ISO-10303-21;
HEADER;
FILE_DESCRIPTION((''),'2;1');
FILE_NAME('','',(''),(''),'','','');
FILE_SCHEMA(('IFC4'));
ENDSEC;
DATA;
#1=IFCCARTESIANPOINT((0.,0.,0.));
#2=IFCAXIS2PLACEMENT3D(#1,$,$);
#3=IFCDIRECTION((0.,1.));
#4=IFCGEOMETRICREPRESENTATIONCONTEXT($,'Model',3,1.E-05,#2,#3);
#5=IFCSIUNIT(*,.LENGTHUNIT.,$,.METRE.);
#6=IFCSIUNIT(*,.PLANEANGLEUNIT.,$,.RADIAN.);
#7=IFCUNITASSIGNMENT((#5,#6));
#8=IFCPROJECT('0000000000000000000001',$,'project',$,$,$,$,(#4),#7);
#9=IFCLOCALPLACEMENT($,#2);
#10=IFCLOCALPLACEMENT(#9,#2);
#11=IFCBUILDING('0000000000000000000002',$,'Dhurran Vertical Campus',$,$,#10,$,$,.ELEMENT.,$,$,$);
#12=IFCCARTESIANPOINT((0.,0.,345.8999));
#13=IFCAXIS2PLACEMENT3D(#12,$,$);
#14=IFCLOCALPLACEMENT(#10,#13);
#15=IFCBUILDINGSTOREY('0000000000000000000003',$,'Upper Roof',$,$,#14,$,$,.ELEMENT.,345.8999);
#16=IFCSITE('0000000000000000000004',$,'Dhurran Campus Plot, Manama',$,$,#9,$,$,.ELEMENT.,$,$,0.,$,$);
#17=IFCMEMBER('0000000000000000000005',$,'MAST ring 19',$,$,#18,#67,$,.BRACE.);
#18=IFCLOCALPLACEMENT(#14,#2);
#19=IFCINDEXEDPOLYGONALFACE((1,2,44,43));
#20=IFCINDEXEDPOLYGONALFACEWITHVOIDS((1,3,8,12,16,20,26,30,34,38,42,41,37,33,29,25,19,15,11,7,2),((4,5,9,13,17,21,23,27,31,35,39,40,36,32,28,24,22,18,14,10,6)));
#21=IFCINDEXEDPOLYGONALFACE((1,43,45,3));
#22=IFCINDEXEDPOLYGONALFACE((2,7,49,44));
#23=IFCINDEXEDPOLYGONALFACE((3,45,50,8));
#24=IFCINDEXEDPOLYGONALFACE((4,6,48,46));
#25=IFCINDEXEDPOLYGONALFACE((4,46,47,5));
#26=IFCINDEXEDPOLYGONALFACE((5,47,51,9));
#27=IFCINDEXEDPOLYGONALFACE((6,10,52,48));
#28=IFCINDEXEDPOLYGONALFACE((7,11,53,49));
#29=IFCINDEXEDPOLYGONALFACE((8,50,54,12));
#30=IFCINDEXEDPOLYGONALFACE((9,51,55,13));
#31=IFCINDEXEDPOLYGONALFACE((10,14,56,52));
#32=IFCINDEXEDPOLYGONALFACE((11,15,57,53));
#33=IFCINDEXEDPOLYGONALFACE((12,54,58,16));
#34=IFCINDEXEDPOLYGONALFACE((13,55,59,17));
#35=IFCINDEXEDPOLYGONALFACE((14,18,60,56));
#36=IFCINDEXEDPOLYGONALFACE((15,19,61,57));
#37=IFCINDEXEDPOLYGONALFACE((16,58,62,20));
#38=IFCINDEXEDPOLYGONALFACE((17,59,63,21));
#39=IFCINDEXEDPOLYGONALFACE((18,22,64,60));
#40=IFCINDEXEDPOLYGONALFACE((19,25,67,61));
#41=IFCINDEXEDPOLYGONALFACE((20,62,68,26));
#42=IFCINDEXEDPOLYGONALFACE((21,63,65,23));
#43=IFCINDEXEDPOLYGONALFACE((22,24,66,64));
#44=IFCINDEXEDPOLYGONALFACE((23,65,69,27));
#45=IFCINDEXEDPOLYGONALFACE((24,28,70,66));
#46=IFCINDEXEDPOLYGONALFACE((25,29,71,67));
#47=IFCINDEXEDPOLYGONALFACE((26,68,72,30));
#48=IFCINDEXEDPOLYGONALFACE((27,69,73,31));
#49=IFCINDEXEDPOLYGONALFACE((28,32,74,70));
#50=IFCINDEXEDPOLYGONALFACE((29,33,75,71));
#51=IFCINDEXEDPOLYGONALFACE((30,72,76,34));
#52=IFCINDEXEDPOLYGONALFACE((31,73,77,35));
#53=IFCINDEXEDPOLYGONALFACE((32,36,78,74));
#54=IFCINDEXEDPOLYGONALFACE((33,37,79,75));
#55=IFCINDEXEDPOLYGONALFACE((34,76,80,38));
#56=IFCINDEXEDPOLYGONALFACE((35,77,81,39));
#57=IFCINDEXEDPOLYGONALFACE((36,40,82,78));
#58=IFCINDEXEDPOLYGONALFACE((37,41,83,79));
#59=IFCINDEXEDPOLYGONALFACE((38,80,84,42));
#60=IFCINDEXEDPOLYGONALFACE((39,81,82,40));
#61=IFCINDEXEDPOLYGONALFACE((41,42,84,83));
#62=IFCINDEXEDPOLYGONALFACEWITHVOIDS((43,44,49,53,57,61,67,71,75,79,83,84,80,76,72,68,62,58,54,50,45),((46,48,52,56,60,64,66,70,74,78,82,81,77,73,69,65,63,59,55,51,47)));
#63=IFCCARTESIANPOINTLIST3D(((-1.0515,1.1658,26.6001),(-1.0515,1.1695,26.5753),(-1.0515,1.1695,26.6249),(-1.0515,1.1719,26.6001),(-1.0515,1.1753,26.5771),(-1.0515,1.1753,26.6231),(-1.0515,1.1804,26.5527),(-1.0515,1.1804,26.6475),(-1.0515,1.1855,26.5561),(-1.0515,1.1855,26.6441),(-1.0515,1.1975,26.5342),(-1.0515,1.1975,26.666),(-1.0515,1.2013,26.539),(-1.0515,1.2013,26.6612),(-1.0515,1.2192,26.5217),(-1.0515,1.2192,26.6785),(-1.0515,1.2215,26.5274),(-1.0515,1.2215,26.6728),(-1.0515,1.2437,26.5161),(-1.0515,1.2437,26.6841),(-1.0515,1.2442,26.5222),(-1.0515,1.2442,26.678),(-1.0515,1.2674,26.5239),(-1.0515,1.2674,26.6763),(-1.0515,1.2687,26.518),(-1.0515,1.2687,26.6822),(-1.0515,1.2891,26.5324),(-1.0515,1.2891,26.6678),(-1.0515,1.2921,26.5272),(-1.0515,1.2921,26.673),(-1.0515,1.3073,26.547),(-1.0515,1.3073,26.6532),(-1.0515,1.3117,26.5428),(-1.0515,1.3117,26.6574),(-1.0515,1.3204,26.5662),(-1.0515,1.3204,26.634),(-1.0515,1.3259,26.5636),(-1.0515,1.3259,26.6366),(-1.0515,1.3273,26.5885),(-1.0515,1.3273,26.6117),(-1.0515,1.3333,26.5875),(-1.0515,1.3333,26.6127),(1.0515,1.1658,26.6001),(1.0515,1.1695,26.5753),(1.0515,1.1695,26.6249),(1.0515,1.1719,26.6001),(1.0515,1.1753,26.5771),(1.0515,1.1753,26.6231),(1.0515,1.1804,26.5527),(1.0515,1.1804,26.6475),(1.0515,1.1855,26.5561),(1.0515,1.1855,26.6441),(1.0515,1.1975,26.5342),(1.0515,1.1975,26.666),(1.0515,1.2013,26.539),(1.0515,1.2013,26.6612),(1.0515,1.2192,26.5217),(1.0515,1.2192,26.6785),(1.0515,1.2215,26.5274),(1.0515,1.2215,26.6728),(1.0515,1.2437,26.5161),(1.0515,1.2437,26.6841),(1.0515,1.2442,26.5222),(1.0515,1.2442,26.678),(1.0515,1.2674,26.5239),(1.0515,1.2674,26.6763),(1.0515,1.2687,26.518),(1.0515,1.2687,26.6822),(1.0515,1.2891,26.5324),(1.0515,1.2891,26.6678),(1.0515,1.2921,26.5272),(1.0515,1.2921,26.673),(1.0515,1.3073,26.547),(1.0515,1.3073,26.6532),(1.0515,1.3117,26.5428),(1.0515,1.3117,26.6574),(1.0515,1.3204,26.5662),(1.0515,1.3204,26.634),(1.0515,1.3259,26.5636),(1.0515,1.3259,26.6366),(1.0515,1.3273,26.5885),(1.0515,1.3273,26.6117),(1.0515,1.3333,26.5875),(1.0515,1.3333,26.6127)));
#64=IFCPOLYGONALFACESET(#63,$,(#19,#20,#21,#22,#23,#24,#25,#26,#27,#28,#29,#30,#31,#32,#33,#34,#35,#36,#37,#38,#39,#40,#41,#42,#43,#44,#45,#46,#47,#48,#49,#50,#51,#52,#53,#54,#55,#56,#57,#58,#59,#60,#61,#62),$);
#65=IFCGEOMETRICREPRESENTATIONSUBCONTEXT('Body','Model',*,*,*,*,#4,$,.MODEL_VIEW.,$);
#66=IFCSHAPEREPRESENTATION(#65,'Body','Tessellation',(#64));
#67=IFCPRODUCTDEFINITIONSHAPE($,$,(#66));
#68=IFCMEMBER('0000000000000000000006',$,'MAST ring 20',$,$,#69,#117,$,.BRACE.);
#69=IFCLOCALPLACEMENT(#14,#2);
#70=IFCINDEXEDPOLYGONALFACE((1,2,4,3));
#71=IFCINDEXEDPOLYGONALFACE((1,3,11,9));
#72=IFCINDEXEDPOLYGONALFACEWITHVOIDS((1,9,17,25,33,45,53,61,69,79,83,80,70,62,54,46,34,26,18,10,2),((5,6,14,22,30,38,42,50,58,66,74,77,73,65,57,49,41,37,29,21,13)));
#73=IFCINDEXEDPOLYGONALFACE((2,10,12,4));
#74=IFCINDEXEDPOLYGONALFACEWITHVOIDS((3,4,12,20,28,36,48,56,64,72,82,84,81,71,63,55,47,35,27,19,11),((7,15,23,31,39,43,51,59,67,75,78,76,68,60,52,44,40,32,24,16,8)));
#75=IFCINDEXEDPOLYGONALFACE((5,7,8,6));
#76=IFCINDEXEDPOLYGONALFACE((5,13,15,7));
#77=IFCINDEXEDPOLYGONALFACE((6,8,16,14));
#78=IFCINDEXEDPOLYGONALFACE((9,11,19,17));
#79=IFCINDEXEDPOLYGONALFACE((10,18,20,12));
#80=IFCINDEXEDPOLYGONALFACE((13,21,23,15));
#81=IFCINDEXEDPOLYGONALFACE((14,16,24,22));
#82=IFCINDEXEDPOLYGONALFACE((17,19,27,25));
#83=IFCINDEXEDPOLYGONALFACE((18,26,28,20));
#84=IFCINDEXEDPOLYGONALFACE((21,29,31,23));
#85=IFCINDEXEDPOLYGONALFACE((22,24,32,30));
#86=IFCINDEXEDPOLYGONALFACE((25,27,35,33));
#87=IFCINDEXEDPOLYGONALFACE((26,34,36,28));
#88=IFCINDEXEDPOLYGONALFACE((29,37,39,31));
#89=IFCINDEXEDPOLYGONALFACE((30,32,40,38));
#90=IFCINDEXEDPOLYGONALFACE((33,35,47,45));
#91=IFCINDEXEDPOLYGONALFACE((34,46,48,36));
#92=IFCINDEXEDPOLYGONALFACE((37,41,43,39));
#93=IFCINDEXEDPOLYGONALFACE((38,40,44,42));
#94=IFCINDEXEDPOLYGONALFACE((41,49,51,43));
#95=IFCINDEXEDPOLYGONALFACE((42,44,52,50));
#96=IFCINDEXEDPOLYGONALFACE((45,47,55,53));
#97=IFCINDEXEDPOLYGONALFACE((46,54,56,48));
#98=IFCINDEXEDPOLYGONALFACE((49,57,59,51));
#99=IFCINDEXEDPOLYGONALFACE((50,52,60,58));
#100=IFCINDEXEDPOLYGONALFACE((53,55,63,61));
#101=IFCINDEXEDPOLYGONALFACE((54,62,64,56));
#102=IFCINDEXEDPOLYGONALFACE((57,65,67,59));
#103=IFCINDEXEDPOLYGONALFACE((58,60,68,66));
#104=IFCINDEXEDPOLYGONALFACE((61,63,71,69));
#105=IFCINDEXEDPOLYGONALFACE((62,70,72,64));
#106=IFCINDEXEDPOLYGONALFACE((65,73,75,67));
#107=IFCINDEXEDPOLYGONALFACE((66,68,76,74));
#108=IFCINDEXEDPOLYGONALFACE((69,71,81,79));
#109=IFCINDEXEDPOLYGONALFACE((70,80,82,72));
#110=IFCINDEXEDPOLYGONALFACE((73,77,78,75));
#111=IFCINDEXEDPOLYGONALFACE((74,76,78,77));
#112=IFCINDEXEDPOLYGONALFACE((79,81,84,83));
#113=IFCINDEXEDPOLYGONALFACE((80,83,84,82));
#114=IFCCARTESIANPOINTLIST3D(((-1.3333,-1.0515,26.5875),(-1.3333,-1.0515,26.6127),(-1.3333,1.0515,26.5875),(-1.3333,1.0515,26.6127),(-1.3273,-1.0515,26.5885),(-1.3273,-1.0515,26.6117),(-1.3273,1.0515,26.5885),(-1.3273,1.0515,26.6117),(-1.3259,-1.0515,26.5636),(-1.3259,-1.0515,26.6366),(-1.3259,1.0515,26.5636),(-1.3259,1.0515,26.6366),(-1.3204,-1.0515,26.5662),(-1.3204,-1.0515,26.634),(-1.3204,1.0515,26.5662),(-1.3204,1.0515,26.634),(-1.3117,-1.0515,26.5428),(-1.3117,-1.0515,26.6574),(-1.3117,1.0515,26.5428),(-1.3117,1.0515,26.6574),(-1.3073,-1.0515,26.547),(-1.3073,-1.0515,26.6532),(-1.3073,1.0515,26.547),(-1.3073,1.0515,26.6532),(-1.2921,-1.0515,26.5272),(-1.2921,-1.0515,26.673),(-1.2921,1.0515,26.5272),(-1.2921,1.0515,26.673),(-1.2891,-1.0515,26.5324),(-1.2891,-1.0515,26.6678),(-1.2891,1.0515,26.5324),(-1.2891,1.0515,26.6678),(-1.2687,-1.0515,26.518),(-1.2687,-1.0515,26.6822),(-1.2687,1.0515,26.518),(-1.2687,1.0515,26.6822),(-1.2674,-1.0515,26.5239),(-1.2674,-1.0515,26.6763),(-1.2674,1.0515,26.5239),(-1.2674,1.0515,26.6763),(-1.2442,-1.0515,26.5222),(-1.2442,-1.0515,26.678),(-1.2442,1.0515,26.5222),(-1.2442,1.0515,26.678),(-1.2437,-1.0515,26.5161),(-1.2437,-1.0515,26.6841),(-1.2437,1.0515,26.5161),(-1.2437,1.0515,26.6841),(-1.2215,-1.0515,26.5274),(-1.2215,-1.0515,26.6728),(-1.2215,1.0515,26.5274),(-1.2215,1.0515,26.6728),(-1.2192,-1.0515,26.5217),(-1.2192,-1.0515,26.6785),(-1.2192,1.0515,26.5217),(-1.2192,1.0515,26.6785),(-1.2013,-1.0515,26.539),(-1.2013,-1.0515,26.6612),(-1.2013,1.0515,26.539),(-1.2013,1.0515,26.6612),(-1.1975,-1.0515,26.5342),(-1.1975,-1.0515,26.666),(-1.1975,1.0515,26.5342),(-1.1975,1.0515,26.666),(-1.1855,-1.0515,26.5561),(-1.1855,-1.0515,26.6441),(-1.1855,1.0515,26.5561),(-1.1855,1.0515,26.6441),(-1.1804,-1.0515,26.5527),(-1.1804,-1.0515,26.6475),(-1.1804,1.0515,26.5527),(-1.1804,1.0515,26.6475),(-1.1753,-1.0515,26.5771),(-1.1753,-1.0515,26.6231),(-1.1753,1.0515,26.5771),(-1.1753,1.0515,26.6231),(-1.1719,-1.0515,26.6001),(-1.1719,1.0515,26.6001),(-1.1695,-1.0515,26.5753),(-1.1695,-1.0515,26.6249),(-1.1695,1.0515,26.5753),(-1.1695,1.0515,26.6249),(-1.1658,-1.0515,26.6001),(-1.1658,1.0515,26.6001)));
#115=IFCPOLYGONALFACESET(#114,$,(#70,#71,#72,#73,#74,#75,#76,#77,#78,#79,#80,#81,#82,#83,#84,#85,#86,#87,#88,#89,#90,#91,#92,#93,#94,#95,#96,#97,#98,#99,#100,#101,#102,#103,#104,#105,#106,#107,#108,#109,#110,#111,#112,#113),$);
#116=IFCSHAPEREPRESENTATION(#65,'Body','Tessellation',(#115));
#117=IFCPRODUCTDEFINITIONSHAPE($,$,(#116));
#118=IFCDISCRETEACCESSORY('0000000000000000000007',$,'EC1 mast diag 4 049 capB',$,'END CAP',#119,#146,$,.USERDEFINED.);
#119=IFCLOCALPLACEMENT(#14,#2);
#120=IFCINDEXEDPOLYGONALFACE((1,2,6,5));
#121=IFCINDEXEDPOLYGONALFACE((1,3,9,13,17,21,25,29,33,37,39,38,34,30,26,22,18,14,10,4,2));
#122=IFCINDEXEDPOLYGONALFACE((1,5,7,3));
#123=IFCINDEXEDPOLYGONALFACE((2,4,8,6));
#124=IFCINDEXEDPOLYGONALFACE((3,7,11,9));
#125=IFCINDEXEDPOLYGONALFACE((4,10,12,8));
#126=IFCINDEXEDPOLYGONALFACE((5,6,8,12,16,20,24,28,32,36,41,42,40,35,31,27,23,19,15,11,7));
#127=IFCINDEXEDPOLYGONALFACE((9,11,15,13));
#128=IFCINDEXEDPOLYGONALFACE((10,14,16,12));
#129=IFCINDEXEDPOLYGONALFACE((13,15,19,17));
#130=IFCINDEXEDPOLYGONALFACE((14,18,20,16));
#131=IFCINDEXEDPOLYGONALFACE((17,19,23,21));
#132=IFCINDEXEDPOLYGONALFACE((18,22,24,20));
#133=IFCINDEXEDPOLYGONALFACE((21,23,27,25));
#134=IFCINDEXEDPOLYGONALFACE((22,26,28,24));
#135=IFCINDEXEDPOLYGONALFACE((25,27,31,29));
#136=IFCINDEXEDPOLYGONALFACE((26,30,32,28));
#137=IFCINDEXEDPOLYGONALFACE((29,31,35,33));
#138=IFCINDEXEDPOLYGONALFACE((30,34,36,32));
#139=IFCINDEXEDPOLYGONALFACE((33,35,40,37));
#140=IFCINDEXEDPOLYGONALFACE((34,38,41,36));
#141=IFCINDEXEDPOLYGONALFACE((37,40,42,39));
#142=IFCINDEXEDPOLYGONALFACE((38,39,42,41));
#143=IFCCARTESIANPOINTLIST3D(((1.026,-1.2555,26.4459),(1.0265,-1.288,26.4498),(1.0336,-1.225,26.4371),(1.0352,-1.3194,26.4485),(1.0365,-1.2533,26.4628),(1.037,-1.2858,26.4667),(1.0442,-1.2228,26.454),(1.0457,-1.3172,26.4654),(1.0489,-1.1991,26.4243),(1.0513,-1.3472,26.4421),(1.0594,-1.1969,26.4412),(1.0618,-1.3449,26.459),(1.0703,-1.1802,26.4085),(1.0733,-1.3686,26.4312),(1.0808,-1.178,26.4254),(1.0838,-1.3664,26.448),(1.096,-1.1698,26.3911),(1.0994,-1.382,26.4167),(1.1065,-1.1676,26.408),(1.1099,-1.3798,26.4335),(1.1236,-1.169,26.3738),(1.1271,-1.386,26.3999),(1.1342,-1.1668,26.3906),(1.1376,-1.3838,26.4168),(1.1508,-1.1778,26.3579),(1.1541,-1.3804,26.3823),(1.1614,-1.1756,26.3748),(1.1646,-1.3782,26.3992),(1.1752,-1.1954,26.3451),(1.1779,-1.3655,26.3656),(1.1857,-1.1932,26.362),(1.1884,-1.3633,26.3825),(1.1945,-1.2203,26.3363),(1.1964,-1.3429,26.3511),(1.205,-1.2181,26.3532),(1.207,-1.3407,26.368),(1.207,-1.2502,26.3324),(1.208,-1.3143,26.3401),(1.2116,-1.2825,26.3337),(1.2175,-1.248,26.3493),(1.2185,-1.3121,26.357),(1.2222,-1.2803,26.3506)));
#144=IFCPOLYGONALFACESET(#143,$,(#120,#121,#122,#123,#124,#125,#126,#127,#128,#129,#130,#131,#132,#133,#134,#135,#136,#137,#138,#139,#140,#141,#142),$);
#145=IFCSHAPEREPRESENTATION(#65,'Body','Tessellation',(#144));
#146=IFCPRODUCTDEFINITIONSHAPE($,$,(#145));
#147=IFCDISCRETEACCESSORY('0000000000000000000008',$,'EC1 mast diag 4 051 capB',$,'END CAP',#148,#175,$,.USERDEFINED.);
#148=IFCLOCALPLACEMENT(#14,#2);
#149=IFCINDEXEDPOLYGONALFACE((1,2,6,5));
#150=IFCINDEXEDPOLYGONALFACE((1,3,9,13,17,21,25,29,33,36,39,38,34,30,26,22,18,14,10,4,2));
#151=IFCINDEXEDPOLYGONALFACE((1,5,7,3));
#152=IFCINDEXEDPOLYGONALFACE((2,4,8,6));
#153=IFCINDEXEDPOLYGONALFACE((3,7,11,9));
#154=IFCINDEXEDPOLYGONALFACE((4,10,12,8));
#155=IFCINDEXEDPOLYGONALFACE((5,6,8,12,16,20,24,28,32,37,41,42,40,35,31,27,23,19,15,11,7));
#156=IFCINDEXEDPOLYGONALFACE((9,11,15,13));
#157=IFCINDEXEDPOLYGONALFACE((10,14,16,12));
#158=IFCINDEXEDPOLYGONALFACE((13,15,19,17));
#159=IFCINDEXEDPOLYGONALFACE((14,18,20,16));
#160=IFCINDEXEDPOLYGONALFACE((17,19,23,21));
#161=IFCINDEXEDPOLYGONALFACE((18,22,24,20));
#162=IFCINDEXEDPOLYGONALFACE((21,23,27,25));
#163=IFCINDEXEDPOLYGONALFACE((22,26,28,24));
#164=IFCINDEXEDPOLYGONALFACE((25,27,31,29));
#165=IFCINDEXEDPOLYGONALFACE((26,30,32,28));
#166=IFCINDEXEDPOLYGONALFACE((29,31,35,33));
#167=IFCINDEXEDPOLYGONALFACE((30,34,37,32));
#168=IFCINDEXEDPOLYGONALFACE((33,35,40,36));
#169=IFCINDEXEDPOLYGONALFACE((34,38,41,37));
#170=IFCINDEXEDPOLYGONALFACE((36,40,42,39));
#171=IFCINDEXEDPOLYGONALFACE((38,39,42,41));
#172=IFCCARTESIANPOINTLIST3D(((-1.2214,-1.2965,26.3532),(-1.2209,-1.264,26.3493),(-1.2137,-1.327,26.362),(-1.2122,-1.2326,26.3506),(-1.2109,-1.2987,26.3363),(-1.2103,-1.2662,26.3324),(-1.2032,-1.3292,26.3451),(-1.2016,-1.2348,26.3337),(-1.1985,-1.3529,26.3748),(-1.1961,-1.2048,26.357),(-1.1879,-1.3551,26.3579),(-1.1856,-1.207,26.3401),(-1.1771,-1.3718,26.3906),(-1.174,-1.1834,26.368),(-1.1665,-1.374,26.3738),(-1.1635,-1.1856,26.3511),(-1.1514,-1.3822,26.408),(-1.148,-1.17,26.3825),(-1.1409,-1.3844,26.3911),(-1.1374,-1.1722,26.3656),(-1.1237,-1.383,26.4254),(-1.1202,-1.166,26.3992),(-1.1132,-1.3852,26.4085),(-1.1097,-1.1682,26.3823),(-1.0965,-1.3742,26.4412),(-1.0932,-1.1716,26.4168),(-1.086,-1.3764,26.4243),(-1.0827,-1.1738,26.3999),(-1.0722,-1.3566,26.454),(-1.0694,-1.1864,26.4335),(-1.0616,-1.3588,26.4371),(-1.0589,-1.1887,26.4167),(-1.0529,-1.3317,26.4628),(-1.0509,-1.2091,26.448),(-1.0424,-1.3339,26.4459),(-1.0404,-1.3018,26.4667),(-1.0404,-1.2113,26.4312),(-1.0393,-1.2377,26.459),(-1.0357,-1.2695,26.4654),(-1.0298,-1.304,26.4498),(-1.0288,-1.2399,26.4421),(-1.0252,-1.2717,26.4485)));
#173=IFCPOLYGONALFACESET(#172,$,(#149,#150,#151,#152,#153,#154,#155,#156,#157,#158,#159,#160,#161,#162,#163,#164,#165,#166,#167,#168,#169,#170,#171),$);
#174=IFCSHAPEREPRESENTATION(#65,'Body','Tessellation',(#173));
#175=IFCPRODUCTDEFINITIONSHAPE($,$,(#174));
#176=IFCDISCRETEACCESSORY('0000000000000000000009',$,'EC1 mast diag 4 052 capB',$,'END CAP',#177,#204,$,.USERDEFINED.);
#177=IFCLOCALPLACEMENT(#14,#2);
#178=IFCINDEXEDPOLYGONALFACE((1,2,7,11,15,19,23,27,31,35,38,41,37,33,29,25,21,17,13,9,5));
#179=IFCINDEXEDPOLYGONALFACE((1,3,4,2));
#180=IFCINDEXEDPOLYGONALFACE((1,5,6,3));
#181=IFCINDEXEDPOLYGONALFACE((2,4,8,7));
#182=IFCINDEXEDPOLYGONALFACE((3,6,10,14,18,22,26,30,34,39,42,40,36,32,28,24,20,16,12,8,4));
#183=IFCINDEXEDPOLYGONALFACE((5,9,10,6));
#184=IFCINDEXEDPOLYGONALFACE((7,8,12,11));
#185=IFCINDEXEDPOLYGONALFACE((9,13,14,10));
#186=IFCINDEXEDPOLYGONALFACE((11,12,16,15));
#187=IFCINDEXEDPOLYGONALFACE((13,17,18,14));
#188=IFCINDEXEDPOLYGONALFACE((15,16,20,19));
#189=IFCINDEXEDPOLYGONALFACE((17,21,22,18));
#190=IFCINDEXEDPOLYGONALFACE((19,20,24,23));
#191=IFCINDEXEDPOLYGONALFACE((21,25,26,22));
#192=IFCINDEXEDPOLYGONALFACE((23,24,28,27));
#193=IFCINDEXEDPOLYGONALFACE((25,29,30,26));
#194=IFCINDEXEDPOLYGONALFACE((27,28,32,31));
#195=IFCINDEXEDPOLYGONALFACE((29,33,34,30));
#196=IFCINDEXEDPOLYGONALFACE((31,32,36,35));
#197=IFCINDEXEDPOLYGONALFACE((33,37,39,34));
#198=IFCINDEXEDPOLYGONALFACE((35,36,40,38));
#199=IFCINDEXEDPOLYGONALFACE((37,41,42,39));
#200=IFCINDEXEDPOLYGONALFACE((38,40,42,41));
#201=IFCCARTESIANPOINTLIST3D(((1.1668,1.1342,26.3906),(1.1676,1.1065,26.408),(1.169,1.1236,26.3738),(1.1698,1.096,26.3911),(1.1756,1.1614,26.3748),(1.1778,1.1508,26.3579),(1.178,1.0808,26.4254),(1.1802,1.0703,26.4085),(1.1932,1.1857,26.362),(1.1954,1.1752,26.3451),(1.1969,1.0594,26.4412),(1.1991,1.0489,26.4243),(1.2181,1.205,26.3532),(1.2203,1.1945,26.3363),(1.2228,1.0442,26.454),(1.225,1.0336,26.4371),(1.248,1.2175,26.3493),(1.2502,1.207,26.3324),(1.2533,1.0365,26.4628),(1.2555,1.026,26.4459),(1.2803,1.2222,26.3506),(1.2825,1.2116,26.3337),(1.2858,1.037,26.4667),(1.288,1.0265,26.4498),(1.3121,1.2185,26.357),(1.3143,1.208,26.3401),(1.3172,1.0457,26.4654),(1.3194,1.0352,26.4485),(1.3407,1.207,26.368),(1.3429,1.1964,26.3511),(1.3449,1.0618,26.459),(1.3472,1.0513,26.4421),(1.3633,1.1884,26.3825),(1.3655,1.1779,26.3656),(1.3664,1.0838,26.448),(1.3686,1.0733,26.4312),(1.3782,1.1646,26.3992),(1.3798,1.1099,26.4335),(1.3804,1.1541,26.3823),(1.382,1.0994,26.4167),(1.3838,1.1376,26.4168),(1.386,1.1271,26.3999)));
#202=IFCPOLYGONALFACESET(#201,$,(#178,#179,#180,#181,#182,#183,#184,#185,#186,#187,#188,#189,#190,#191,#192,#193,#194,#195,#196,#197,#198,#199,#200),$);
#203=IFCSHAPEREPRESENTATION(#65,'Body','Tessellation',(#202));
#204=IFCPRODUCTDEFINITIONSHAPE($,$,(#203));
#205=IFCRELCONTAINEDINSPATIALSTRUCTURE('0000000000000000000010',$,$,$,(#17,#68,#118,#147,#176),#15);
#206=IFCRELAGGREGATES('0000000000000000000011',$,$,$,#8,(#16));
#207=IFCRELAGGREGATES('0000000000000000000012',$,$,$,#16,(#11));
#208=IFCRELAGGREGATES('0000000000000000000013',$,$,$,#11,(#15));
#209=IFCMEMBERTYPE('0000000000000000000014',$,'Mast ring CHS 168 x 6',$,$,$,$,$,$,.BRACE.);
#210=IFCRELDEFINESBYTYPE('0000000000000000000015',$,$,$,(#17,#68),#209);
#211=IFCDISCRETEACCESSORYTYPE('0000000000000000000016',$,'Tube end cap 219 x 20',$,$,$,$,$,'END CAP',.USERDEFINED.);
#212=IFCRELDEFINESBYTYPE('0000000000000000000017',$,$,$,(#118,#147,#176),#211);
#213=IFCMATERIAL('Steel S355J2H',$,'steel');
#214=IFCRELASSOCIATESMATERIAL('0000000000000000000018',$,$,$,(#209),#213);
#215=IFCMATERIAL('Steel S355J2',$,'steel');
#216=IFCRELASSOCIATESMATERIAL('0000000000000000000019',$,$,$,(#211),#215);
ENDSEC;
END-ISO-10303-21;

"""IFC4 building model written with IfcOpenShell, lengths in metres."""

from ifc_helpers import new_model, si_unit, direction, frame, origin, origin_2d, place, context, subcontext, project, spatial, circle, hollow_circle, extrude, material, material_profile, profile_set, type_object, element, save


model = new_model("IFC4")

# Units and contexts
model_context = context("Model", 3, precision=1e-05, world=origin(), true_north=direction((0.0, 1.0)))
body_context = subcontext(model_context, "Body", "Model", "MODEL_VIEW")
ifc_project = project(units=[si_unit("LENGTHUNIT", "METRE"), si_unit("PLANEANGLEUNIT", "RADIAN")], contexts=[model_context])

# Site, building, storey
site_placement = place(None, origin())
site = spatial("IfcSite", under=ifc_project, at=site_placement, Name="Dhurran Campus Plot, Manama", CompositionType="ELEMENT", RefElevation=0.0)
building_placement = place(site_placement, origin())
building = spatial("IfcBuilding", under=site, at=building_placement, Name="Dhurran Vertical Campus", CompositionType="ELEMENT")
storey_placement = place(building_placement, frame((0.0, 0.0, 345.8999)))
storey = spatial("IfcBuildingStorey", under=building, at=storey_placement, Name="Upper Roof", CompositionType="ELEMENT", Elevation=345.8999)

# Members
ifc_material_1 = material(Name="Steel S355J2H", Category="steel")
ifc_material_profile_1 = material_profile(ifc_material_1, hollow_circle(Radius=0.0842, WallThickness=0.0061, at=origin_2d()), Name="CHS168x6")
ifc_profile_set_1 = profile_set([ifc_material_profile_1], Name="Steel S355J2H")
member_type_1 = type_object("IfcMemberType", Name="Mast ring CHS 168 x 6", PredefinedType="BRACE", material=ifc_profile_set_1)
for number, where, z_axis, x_axis, name in (
    (1, (1.0515, 1.25, 26.6001), (-1.0, 0.0, 0.0), (0.0, -1.0, 0.0), "MAST ring 19"),
    (2, (-1.25, 1.0515, 26.6001), (0.0, -1.0, 0.0), (1.0, 0.0, 0.0), "MAST ring 20"),
):
    element("IfcMember", number, at=place(storey_placement, frame(where, z_axis=z_axis, x_axis=x_axis)), inside=storey, type_object=member_type_1, Name=name, PredefinedType="BRACE", context=body_context, shape_type="SweptSolid", body=[
        extrude(hollow_circle(Radius=0.0842, WallThickness=0.0061, at=origin_2d()), origin(), (0.0, 0.0, 1.0), 2.103),
    ])

# Discrete accessories
ifc_material_2 = material(Name="Steel S355J2", Category="steel")
ifc_material_profile_2 = material_profile(ifc_material_2, circle(Radius=0.1096, at=origin_2d()), Name="Tube end cap 219 x 20")
ifc_profile_set_2 = profile_set([ifc_material_profile_2], Name="Steel S355J2")
discrete_accessory_type = type_object("IfcDiscreteAccessoryType", Name="Tube end cap 219 x 20", ElementType="END CAP", PredefinedType="USERDEFINED", material=ifc_profile_set_2)
for number, where, z_axis, x_axis, name in (
    (3, (1.1184, -1.2771, 26.3911), (0.525682, 0.110026, 0.843536), (-0.204863, 0.978791, 0.0), "EC1 mast diag 4 049 capB"),
    (4, (-1.1184, -1.2771, 26.3911), (-0.525682, 0.110026, 0.843536), (-0.204863, -0.978791, 0.0), "EC1 mast diag 4 051 capB"),
    (5, (1.2771, 1.1184, 26.3911), (-0.110026, 0.525682, 0.843536), (-0.978791, -0.204863, 0.0), "EC1 mast diag 4 052 capB"),
):
    element("IfcDiscreteAccessory", number, at=place(storey_placement, frame(where, z_axis=z_axis, x_axis=x_axis)), inside=storey, type_object=discrete_accessory_type, Name=name, ObjectType="END CAP", PredefinedType="USERDEFINED", context=body_context, shape_type="SweptSolid", body=[
        extrude(circle(Radius=0.1096, at=origin_2d()), origin(), (0.0, 0.0, 1.0), 0.02),
    ])

save(model, "model.ifc")
